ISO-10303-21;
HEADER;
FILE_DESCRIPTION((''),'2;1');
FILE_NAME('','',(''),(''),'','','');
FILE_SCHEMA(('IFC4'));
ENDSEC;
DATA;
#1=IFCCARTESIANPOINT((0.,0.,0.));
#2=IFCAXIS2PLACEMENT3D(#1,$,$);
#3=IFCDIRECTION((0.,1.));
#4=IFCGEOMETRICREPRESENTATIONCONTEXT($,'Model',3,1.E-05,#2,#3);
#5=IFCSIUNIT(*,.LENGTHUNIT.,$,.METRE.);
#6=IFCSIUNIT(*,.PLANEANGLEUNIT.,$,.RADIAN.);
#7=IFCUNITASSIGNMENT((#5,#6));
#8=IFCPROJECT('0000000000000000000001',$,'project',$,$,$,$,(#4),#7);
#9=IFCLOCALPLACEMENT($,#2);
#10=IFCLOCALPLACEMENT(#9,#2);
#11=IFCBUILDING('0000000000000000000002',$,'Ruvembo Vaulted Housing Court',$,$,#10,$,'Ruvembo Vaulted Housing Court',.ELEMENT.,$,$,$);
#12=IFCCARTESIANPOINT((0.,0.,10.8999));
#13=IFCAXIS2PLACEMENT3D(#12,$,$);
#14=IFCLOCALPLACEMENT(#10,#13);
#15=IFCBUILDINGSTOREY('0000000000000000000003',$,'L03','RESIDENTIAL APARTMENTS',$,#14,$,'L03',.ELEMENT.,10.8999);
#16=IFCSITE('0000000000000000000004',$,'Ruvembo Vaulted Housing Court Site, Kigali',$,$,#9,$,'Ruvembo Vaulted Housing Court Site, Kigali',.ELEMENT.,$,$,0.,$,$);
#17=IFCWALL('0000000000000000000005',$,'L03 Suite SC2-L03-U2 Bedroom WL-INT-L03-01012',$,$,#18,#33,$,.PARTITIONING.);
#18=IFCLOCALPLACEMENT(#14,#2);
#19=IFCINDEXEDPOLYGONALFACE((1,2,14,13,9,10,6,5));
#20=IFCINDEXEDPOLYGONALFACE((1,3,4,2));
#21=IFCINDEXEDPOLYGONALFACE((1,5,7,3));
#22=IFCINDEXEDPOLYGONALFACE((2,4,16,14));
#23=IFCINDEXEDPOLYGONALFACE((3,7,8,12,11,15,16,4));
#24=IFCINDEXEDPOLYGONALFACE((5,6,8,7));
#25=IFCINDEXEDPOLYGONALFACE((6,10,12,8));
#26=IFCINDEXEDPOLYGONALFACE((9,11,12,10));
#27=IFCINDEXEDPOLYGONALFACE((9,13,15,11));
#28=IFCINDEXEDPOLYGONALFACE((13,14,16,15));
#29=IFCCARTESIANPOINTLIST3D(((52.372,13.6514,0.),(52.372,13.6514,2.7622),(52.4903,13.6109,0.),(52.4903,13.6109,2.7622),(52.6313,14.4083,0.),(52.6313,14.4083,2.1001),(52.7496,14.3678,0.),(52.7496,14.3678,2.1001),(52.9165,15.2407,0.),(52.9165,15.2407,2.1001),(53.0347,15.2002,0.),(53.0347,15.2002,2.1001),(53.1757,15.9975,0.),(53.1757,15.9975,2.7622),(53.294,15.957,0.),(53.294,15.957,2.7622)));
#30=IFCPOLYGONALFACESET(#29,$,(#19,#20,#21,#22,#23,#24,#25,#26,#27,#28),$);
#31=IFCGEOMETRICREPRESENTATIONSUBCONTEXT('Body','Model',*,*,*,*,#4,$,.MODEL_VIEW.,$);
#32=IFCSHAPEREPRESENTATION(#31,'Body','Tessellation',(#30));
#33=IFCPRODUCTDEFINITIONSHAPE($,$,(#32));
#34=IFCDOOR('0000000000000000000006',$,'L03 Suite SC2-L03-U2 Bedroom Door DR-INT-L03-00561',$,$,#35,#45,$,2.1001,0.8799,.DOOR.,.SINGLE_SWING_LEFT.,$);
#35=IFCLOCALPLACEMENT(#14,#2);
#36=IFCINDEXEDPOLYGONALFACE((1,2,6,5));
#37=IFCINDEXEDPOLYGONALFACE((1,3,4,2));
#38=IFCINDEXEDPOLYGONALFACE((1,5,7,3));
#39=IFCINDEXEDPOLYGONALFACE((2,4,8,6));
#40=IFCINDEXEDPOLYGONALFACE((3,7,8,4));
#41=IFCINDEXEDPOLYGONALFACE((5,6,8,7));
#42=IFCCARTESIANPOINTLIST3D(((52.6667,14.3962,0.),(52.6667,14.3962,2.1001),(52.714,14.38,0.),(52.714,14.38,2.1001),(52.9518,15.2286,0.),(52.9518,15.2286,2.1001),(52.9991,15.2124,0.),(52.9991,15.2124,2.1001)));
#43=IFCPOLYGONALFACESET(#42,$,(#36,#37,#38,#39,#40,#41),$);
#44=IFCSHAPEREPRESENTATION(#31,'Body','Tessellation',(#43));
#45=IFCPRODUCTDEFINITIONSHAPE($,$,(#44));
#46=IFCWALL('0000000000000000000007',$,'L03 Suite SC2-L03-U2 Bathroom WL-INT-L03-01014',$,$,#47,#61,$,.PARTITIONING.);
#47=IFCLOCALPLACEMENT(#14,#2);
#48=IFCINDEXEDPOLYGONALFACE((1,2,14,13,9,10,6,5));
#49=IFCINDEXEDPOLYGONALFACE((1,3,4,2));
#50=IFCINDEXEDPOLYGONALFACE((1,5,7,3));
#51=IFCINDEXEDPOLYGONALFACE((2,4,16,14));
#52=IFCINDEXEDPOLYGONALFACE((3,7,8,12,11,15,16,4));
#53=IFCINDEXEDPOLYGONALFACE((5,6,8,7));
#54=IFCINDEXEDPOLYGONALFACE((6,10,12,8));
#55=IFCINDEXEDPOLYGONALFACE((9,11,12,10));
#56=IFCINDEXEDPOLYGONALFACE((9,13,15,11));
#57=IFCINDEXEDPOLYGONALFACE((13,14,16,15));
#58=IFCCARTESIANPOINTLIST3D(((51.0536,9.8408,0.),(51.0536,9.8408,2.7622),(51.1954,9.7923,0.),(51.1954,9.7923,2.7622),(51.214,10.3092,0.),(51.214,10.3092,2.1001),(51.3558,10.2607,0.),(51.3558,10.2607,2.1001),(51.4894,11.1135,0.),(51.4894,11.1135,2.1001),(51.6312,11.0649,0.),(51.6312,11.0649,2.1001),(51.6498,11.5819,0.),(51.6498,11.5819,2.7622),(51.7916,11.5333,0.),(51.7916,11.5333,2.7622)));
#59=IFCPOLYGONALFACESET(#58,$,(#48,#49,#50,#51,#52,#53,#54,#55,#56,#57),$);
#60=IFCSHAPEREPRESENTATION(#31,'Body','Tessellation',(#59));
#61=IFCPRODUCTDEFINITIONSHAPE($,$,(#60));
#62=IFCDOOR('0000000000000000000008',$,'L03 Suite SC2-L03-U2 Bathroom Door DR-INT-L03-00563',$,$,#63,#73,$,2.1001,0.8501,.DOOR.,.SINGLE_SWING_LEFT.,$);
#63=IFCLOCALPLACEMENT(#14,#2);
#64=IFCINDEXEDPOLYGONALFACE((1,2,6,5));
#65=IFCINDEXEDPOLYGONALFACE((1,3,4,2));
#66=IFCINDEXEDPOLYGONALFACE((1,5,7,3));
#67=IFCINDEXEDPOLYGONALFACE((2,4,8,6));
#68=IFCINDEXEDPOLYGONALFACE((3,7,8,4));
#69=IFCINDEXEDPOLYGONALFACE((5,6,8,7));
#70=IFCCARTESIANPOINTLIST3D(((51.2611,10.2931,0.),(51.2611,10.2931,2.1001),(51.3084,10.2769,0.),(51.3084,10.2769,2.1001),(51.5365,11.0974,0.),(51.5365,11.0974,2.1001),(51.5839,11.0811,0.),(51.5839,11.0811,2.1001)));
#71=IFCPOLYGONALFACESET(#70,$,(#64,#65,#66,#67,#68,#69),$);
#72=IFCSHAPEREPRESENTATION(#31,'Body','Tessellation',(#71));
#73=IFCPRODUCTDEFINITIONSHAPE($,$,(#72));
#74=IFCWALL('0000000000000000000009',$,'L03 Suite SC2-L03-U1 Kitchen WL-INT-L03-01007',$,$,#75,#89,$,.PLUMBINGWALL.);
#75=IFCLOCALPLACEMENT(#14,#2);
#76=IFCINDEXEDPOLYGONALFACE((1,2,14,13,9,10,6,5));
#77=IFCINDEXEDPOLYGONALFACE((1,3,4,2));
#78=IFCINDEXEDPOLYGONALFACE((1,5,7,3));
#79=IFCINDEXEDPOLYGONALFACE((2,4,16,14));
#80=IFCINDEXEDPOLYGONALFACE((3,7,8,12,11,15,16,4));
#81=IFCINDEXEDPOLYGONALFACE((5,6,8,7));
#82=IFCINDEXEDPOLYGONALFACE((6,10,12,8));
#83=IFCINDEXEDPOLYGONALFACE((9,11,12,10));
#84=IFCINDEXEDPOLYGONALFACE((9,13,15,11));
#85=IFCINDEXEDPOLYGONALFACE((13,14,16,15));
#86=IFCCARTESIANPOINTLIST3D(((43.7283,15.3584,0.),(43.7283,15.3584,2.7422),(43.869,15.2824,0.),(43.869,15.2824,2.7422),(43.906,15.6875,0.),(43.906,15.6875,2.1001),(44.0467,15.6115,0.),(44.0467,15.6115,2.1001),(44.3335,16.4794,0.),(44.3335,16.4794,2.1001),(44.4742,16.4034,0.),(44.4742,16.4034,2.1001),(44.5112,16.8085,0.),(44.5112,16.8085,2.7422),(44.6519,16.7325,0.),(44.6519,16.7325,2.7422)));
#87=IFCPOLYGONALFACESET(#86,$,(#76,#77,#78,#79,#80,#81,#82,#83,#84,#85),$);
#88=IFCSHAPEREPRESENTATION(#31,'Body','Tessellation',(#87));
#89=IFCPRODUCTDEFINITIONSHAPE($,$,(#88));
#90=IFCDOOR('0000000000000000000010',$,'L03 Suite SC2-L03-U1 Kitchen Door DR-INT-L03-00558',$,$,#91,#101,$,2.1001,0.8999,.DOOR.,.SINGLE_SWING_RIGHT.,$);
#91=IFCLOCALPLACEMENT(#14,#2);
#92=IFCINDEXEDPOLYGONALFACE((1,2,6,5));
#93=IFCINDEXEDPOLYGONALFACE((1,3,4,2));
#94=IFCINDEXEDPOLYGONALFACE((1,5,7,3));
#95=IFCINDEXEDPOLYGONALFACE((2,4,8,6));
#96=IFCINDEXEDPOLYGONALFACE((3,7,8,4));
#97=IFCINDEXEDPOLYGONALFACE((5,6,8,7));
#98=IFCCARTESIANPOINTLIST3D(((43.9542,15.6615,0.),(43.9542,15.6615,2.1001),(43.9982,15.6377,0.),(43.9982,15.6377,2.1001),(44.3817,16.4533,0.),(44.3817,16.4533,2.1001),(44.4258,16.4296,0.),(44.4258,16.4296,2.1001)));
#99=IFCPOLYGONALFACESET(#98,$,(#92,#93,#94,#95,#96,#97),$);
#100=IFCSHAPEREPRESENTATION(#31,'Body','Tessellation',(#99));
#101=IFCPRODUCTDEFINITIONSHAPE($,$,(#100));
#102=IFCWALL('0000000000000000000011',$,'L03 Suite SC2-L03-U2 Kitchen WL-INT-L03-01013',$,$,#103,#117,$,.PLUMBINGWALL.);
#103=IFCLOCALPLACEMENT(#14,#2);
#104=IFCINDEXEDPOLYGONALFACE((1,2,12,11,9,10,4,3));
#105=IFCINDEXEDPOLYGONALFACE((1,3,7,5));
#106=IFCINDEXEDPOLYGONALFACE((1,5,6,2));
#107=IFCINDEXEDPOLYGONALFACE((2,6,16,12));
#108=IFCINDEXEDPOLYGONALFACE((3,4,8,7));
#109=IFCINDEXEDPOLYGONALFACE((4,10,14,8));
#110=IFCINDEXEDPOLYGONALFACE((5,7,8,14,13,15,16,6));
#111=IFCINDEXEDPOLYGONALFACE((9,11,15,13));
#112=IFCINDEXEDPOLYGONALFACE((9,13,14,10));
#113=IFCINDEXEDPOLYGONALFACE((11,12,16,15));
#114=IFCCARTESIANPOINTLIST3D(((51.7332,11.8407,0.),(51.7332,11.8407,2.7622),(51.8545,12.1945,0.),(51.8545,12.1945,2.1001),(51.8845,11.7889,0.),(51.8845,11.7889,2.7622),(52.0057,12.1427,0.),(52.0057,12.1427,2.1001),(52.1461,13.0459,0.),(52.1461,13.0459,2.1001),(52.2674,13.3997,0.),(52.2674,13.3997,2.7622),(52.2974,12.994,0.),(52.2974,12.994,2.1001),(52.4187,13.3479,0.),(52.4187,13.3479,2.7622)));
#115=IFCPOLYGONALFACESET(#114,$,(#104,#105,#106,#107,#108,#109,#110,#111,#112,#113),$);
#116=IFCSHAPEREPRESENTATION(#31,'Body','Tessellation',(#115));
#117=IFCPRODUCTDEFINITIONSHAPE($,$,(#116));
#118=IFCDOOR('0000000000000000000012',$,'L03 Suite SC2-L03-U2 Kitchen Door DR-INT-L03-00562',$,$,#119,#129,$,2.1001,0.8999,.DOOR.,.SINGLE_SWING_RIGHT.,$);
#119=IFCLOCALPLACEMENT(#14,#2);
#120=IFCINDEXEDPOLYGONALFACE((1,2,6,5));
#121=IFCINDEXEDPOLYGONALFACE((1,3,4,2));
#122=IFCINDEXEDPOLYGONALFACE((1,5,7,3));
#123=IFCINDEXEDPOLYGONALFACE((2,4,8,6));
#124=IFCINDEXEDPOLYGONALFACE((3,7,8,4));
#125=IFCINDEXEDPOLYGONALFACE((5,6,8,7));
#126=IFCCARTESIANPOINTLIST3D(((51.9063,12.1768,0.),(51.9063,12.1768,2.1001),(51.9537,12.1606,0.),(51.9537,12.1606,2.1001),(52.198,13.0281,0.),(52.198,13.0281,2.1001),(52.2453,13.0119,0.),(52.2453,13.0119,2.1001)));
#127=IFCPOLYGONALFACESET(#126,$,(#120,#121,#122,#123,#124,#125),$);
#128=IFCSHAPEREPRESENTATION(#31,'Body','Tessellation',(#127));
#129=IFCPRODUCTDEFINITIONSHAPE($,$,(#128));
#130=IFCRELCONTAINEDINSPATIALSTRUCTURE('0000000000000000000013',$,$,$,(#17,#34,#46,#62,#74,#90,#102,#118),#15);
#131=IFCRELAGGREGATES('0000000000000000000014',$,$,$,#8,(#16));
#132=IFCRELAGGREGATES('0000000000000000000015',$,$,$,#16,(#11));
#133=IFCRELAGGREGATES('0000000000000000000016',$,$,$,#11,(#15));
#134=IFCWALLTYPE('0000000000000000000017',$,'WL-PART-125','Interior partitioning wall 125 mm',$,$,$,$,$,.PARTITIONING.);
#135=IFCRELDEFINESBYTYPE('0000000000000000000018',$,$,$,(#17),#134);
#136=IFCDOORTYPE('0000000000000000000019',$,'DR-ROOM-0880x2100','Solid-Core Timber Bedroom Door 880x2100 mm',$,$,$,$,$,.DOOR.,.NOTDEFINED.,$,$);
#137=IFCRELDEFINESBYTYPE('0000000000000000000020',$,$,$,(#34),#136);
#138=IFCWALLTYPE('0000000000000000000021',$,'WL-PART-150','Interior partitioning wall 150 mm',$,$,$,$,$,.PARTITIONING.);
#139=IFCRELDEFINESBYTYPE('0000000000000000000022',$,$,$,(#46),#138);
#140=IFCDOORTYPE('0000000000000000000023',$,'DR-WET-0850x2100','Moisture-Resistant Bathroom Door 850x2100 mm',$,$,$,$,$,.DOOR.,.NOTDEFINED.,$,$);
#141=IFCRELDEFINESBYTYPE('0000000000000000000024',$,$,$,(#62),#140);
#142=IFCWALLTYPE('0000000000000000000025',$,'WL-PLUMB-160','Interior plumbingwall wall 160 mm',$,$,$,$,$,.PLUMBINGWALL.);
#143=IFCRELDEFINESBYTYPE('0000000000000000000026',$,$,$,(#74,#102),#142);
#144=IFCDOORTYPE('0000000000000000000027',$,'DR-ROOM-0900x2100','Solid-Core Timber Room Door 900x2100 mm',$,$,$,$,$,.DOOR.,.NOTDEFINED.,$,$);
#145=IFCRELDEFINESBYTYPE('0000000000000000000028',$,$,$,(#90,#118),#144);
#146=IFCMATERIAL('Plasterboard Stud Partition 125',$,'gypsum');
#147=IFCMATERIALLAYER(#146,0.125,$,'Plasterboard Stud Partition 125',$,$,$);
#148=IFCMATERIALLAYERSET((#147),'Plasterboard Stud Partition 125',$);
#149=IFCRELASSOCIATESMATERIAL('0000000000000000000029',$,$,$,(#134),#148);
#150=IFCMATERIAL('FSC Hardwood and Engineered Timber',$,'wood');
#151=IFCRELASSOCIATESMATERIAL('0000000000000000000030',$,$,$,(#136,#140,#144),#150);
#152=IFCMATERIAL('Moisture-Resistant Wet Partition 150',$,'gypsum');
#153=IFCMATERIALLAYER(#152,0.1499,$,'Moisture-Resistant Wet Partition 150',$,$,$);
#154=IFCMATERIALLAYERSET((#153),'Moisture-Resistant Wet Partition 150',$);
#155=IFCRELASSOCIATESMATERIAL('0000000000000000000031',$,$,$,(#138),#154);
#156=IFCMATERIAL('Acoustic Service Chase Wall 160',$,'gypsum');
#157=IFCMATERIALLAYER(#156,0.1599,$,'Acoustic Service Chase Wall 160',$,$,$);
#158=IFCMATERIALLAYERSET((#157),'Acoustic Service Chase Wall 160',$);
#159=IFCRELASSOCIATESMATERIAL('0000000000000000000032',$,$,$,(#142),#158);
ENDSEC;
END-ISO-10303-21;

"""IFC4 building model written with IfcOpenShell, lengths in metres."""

from ifc_helpers import new_model, si_unit, direction, frame, frame_2d, origin, place, context, subcontext, project, spatial, rectangle, extrude, material, layer, layer_set, type_object, element, fill, save


model = new_model("IFC4")

# Units and contexts
model_context = context("Model", 3, precision=1e-05, world=origin(), true_north=direction((0.0, 1.0)))
body_context = subcontext(model_context, "Body", "Model", "MODEL_VIEW")
ifc_project = project(units=[si_unit("LENGTHUNIT", "METRE"), si_unit("PLANEANGLEUNIT", "RADIAN")], contexts=[model_context])

# Site, building, storey
site_placement = place(None, origin())
site = spatial("IfcSite", under=ifc_project, at=site_placement, Name="Ruvembo Vaulted Housing Court Site, Kigali", LongName="Ruvembo Vaulted Housing Court Site, Kigali", CompositionType="ELEMENT", RefElevation=0.0)
building_placement = place(site_placement, origin())
building = spatial("IfcBuilding", under=site, at=building_placement, Name="Ruvembo Vaulted Housing Court", LongName="Ruvembo Vaulted Housing Court", CompositionType="ELEMENT")
storey_placement = place(building_placement, frame((0.0, 0.0, 10.8999)))
storey = spatial("IfcBuildingStorey", under=building, at=storey_placement, Name="L03", Description="RESIDENTIAL APARTMENTS", LongName="L03", CompositionType="ELEMENT", Elevation=10.8999)

# Shared definitions
ifc_material_1 = material(Name="FSC Hardwood and Engineered Timber", Category="wood")

# Walls, openings, doors
ifc_material_2 = material(Name="Plasterboard Stud Partition 125", Category="gypsum")
ifc_layer_1 = layer(ifc_material_2, 0.125, Name="Plasterboard Stud Partition 125")
ifc_layer_set_1 = layer_set([ifc_layer_1], Name="Plasterboard Stud Partition 125")
wall_type_1 = type_object("IfcWallType", Name="WL-PART-125", Description="Interior partitioning wall 125 mm", PredefinedType="PARTITIONING", material=ifc_layer_set_1)
wall_1_placement = place(storey_placement, frame((53.2349, 15.9773, 0.0), z_axis=(0.0, 0.0, 1.0), x_axis=(-0.324073, -0.946032, 0.0)))
wall_1 = element("IfcWall", 1, at=wall_1_placement, inside=storey, type_object=wall_type_1, Name="L03 Suite SC2-L03-U2 Bedroom WL-INT-L03-01012", PredefinedType="PARTITIONING", context=body_context, shape_type="SweptSolid", body=[
    extrude(rectangle(XDim=2.48, YDim=0.125, at=frame_2d((1.24, 0.0))), origin(), (0.0, 0.0, 1.0), 2.7622),
])
opening_1_placement = place(wall_1_placement, frame((0.8, 0.0, 0.0)))
opening_1 = element("IfcOpeningElement", 2, at=opening_1_placement, cuts=wall_1, PredefinedType="OPENING", context=body_context, shape_type="SweptSolid", body=[
    extrude(rectangle(XDim=0.8799, YDim=2.1001, at=frame_2d((0.4399, 1.05))), frame((0.0, 0.0725, 0.0), z_axis=(0.0, -1.0, 0.0), x_axis=(1.0, 0.0, 0.0)), (0.0, 0.0, 1.0), 0.145),
])
door_type_1 = type_object("IfcDoorType", Name="DR-ROOM-0880x2100", Description="Solid-Core Timber Bedroom Door 880x2100 mm", OperationType="NOTDEFINED", PredefinedType="DOOR", material=ifc_material_1)
door_1_placement = place(opening_1_placement, origin())
door_1 = element("IfcDoor", 3, at=door_1_placement, inside=storey, type_object=door_type_1, Name="L03 Suite SC2-L03-U2 Bedroom Door DR-INT-L03-00561", OperationType="SINGLE_SWING_LEFT", OverallHeight=2.1001, OverallWidth=0.8799, PredefinedType="DOOR", context=body_context, shape_type="SweptSolid", body=[
    extrude(rectangle(XDim=0.8799, YDim=2.1001, at=frame_2d((0.4399, 1.05))), frame((0.0, 0.0249, 0.0), z_axis=(0.0, -1.0, 0.0), x_axis=(1.0, 0.0, 0.0)), (0.0, 0.0, 1.0), 0.05),
])
fill(opening_1, door_1)
ifc_material_3 = material(Name="Moisture-Resistant Wet Partition 150", Category="gypsum")
ifc_layer_2 = layer(ifc_material_3, 0.1499, Name="Moisture-Resistant Wet Partition 150")
ifc_layer_set_2 = layer_set([ifc_layer_2], Name="Moisture-Resistant Wet Partition 150")
wall_type_2 = type_object("IfcWallType", Name="WL-PART-150", Description="Interior partitioning wall 150 mm", PredefinedType="PARTITIONING", material=ifc_layer_set_2)
wall_2_placement = place(storey_placement, frame((51.7207, 11.5576, 0.0), z_axis=(0.0, 0.0, 1.0), x_axis=(-0.323978, -0.946065, 0.0)))
wall_2 = element("IfcWall", 4, at=wall_2_placement, inside=storey, type_object=wall_type_2, Name="L03 Suite SC2-L03-U2 Bathroom WL-INT-L03-01014", PredefinedType="PARTITIONING", context=body_context, shape_type="SweptSolid", body=[
    extrude(rectangle(XDim=1.8403, YDim=0.1499, at=frame_2d((0.9202, 0.0))), origin(), (0.0, 0.0, 1.0), 2.7622),
])
opening_2_placement = place(wall_2_placement, frame((0.4951, 0.0, 0.0)))
opening_2 = element("IfcOpeningElement", 5, at=opening_2_placement, cuts=wall_2, PredefinedType="OPENING", context=body_context, shape_type="SweptSolid", body=[
    extrude(rectangle(XDim=0.8501, YDim=2.1001, at=frame_2d((0.425, 1.05))), frame((0.0, 0.085, 0.0), z_axis=(0.0, -1.0, 0.0), x_axis=(1.0, 0.0, 0.0)), (0.0, 0.0, 1.0), 0.1699),
])
door_type_2 = type_object("IfcDoorType", Name="DR-WET-0850x2100", Description="Moisture-Resistant Bathroom Door 850x2100 mm", OperationType="NOTDEFINED", PredefinedType="DOOR", material=ifc_material_1)
door_2_placement = place(opening_2_placement, origin())
door_2 = element("IfcDoor", 6, at=door_2_placement, inside=storey, type_object=door_type_2, Name="L03 Suite SC2-L03-U2 Bathroom Door DR-INT-L03-00563", OperationType="SINGLE_SWING_LEFT", OverallHeight=2.1001, OverallWidth=0.8501, PredefinedType="DOOR", context=body_context, shape_type="SweptSolid", body=[
    extrude(rectangle(XDim=0.8501, YDim=2.1001, at=frame_2d((0.425, 1.05))), frame((0.0, 0.0249, 0.0), z_axis=(0.0, -1.0, 0.0), x_axis=(1.0, 0.0, 0.0)), (0.0, 0.0, 1.0), 0.05),
])
fill(opening_2, door_2)
ifc_material_4 = material(Name="Acoustic Service Chase Wall 160", Category="gypsum")
ifc_layer_3 = layer(ifc_material_4, 0.1599, Name="Acoustic Service Chase Wall 160")
ifc_layer_set_3 = layer_set([ifc_layer_3], Name="Acoustic Service Chase Wall 160")
wall_type_3 = type_object("IfcWallType", Name="WL-PLUMB-160", Description="Interior plumbingwall wall 160 mm", PredefinedType="PLUMBINGWALL", material=ifc_layer_set_3)
wall_3_placement = place(storey_placement, frame((44.5815, 16.7705, 0.0), z_axis=(0.0, 0.0, 1.0), x_axis=(-0.47508, -0.879943, 0.0)))
wall_3 = element("IfcWall", 7, at=wall_3_placement, inside=storey, type_object=wall_type_3, Name="L03 Suite SC2-L03-U1 Kitchen WL-INT-L03-01007", PredefinedType="PLUMBINGWALL", context=body_context, shape_type="SweptSolid", body=[
    extrude(rectangle(XDim=1.6479, YDim=0.1599, at=frame_2d((0.824, 0.0))), origin(), (0.0, 0.0, 1.0), 2.7422),
])
opening_3_placement = place(wall_3_placement, frame((0.374, 0.0, 0.0)))
opening_3 = element("IfcOpeningElement", 8, at=opening_3_placement, cuts=wall_3, PredefinedType="OPENING", context=body_context, shape_type="SweptSolid", body=[
    extrude(rectangle(XDim=0.8999, YDim=2.1001, at=frame_2d((0.45, 1.05))), frame((0.0, 0.0898, 0.0), z_axis=(0.0, -1.0, 0.0), x_axis=(1.0, 0.0, 0.0)), (0.0, 0.0, 1.0), 0.1799),
])
door_type_3 = type_object("IfcDoorType", Name="DR-ROOM-0900x2100", Description="Solid-Core Timber Room Door 900x2100 mm", OperationType="NOTDEFINED", PredefinedType="DOOR", material=ifc_material_1)
door_3_placement = place(opening_3_placement, origin())
door_3 = element("IfcDoor", 9, at=door_3_placement, inside=storey, type_object=door_type_3, Name="L03 Suite SC2-L03-U1 Kitchen Door DR-INT-L03-00558", OperationType="SINGLE_SWING_RIGHT", OverallHeight=2.1001, OverallWidth=0.8999, PredefinedType="DOOR", context=body_context, shape_type="SweptSolid", body=[
    extrude(rectangle(XDim=0.8999, YDim=2.1001, at=frame_2d((0.45, 1.05))), frame((0.0, 0.0249, 0.0), z_axis=(0.0, -1.0, 0.0), x_axis=(1.0, 0.0, 0.0)), (0.0, 0.0, 1.0), 0.05),
])
fill(opening_3, door_3)
wall_4_placement = place(storey_placement, frame((52.343, 13.3738, 0.0), z_axis=(0.0, 0.0, 1.0), x_axis=(-0.324127, -0.946013, 0.0)))
wall_4 = element("IfcWall", 10, at=wall_4_placement, inside=storey, type_object=wall_type_3, Name="L03 Suite SC2-L03-U2 Kitchen WL-INT-L03-01013", PredefinedType="PLUMBINGWALL", context=body_context, shape_type="SweptSolid", body=[
    extrude(rectangle(XDim=1.6479, YDim=0.1599, at=frame_2d((0.824, 0.0))), origin(), (0.0, 0.0, 1.0), 2.7622),
])
opening_4_placement = place(wall_4_placement, frame((0.374, 0.0, 0.0)))
opening_4 = element("IfcOpeningElement", 11, at=opening_4_placement, cuts=wall_4, PredefinedType="OPENING", context=body_context, shape_type="SweptSolid", body=[
    extrude(rectangle(XDim=0.8999, YDim=2.1001, at=frame_2d((0.45, 1.05))), frame((0.0, 0.0898, 0.0), z_axis=(0.0, -1.0, 0.0), x_axis=(1.0, 0.0, 0.0)), (0.0, 0.0, 1.0), 0.1799),
])
door_4_placement = place(opening_4_placement, origin())
door_4 = element("IfcDoor", 12, at=door_4_placement, inside=storey, type_object=door_type_3, Name="L03 Suite SC2-L03-U2 Kitchen Door DR-INT-L03-00562", OperationType="SINGLE_SWING_RIGHT", OverallHeight=2.1001, OverallWidth=0.8999, PredefinedType="DOOR", context=body_context, shape_type="SweptSolid", body=[
    extrude(rectangle(XDim=0.8999, YDim=2.1001, at=frame_2d((0.45, 1.05))), frame((0.0, 0.0249, 0.0), z_axis=(0.0, -1.0, 0.0), x_axis=(1.0, 0.0, 0.0)), (0.0, 0.0, 1.0), 0.05),
])
fill(opening_4, door_4)

save(model, "model.ifc")
